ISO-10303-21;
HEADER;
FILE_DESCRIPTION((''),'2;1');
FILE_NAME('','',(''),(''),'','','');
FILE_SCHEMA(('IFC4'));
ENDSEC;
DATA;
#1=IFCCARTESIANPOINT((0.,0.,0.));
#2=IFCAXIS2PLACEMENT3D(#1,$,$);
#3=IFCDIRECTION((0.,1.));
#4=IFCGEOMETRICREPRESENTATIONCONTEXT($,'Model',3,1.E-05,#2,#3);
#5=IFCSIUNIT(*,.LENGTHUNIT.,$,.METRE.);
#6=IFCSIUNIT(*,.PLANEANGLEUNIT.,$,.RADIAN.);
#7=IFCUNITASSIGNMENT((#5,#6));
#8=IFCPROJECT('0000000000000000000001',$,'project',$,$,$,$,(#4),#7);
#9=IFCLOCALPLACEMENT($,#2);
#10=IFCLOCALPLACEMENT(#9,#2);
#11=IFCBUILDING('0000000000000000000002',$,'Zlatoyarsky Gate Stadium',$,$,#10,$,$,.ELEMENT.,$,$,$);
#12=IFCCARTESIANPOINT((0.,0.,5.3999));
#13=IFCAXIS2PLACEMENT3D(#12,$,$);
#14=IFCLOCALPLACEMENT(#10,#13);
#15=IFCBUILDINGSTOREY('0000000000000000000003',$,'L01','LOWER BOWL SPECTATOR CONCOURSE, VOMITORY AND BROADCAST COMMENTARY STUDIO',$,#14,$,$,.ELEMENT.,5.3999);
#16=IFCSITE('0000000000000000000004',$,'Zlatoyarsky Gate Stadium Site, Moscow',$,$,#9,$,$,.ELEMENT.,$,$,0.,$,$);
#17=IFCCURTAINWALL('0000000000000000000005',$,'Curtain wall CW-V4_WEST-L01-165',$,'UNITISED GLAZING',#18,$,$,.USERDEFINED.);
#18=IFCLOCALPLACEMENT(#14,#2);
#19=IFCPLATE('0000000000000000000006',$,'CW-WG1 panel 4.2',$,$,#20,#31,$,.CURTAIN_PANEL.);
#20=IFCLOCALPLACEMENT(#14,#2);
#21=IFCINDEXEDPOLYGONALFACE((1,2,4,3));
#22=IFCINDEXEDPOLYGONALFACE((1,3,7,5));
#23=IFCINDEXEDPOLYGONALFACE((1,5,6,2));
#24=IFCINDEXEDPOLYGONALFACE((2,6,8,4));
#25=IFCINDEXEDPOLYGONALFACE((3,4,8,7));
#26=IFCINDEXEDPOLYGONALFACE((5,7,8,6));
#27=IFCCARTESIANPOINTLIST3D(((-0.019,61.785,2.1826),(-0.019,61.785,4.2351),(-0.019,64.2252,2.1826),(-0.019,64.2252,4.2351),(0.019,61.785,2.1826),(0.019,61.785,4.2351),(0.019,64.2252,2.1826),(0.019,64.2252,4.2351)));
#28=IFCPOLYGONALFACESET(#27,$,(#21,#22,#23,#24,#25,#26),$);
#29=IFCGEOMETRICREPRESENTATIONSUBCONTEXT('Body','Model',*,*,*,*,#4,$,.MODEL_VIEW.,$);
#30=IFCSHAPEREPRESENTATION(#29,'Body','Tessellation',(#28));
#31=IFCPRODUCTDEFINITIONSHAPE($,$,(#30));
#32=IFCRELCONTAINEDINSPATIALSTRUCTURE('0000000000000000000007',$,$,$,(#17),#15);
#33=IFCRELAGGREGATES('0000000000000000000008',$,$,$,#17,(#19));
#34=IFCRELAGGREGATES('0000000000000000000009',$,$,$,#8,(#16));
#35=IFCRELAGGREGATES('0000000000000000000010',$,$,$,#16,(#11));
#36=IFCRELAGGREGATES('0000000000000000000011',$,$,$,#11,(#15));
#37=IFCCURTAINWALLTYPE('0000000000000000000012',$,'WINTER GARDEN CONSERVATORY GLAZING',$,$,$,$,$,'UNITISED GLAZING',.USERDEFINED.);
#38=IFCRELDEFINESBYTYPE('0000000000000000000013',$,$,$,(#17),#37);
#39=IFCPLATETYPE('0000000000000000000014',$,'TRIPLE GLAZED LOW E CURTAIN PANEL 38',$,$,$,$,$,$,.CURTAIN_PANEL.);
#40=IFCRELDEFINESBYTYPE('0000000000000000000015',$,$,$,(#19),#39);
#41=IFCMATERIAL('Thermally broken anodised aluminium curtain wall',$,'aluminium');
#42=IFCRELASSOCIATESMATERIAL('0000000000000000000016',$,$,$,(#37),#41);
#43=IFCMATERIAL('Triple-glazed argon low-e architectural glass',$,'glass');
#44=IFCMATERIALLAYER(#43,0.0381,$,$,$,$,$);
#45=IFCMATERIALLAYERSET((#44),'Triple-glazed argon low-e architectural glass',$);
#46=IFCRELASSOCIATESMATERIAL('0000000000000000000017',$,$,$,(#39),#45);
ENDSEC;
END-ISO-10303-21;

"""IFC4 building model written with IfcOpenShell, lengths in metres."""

from ifc_helpers import new_model, si_unit, direction, frame, origin, origin_2d, place, context, subcontext, project, spatial, rectangle, extrude, material, layer, layer_set, type_object, element, aggregate, save


model = new_model("IFC4")

# Units and contexts
model_context = context("Model", 3, precision=1e-05, world=origin(), true_north=direction((0.0, 1.0)))
body_context = subcontext(model_context, "Body", "Model", "MODEL_VIEW")
ifc_project = project(units=[si_unit("LENGTHUNIT", "METRE"), si_unit("PLANEANGLEUNIT", "RADIAN")], contexts=[model_context])

# Site, building, storey
site_placement = place(None, origin())
site = spatial("IfcSite", under=ifc_project, at=site_placement, Name="Zlatoyarsky Gate Stadium Site, Moscow", CompositionType="ELEMENT", RefElevation=0.0)
building_placement = place(site_placement, origin())
building = spatial("IfcBuilding", under=site, at=building_placement, Name="Zlatoyarsky Gate Stadium", CompositionType="ELEMENT")
storey_placement = place(building_placement, frame((0.0, 0.0, 5.3999)))
storey = spatial("IfcBuildingStorey", under=building, at=storey_placement, Name="L01", Description="LOWER BOWL SPECTATOR CONCOURSE, VOMITORY AND BROADCAST COMMENTARY STUDIO", CompositionType="ELEMENT", Elevation=5.3999)

# Curtain wall
ifc_material_1 = material(Name="Thermally broken anodised aluminium curtain wall", Category="aluminium")
curtain_wall_type = type_object("IfcCurtainWallType", Name="WINTER GARDEN CONSERVATORY GLAZING", ElementType="UNITISED GLAZING", PredefinedType="USERDEFINED", material=ifc_material_1)
curtain_wall_placement = place(storey_placement, origin())
curtain_wall = element("IfcCurtainWall", 1, at=curtain_wall_placement, inside=storey, type_object=curtain_wall_type, Name="Curtain wall CW-V4_WEST-L01-165", ObjectType="UNITISED GLAZING", PredefinedType="USERDEFINED")

# Plate
ifc_material_2 = material(Name="Triple-glazed argon low-e architectural glass", Category="glass")
ifc_layer = layer(ifc_material_2, 0.0381)
ifc_layer_set = layer_set([ifc_layer], Name="Triple-glazed argon low-e architectural glass")
plate_type = type_object("IfcPlateType", Name="TRIPLE GLAZED LOW E CURTAIN PANEL 38", PredefinedType="CURTAIN_PANEL", material=ifc_layer_set)
plate_1_placement = place(storey_placement, frame((0.0, 63.0051, 2.1826), z_axis=(0.0, 0.0, 1.0), x_axis=(0.0, 1.0, 0.0)))
plate_1 = element("IfcPlate", 2, at=plate_1_placement, type_object=plate_type, Name="CW-WG1 panel 4.2", PredefinedType="CURTAIN_PANEL", context=body_context, shape_type="SweptSolid", body=[
    extrude(rectangle(XDim=2.4402, YDim=0.0381, at=origin_2d()), origin(), (0.0, 0.0, 1.0), 2.0525),
])
aggregate(curtain_wall, [plate_1])

save(model, "model.ifc")
